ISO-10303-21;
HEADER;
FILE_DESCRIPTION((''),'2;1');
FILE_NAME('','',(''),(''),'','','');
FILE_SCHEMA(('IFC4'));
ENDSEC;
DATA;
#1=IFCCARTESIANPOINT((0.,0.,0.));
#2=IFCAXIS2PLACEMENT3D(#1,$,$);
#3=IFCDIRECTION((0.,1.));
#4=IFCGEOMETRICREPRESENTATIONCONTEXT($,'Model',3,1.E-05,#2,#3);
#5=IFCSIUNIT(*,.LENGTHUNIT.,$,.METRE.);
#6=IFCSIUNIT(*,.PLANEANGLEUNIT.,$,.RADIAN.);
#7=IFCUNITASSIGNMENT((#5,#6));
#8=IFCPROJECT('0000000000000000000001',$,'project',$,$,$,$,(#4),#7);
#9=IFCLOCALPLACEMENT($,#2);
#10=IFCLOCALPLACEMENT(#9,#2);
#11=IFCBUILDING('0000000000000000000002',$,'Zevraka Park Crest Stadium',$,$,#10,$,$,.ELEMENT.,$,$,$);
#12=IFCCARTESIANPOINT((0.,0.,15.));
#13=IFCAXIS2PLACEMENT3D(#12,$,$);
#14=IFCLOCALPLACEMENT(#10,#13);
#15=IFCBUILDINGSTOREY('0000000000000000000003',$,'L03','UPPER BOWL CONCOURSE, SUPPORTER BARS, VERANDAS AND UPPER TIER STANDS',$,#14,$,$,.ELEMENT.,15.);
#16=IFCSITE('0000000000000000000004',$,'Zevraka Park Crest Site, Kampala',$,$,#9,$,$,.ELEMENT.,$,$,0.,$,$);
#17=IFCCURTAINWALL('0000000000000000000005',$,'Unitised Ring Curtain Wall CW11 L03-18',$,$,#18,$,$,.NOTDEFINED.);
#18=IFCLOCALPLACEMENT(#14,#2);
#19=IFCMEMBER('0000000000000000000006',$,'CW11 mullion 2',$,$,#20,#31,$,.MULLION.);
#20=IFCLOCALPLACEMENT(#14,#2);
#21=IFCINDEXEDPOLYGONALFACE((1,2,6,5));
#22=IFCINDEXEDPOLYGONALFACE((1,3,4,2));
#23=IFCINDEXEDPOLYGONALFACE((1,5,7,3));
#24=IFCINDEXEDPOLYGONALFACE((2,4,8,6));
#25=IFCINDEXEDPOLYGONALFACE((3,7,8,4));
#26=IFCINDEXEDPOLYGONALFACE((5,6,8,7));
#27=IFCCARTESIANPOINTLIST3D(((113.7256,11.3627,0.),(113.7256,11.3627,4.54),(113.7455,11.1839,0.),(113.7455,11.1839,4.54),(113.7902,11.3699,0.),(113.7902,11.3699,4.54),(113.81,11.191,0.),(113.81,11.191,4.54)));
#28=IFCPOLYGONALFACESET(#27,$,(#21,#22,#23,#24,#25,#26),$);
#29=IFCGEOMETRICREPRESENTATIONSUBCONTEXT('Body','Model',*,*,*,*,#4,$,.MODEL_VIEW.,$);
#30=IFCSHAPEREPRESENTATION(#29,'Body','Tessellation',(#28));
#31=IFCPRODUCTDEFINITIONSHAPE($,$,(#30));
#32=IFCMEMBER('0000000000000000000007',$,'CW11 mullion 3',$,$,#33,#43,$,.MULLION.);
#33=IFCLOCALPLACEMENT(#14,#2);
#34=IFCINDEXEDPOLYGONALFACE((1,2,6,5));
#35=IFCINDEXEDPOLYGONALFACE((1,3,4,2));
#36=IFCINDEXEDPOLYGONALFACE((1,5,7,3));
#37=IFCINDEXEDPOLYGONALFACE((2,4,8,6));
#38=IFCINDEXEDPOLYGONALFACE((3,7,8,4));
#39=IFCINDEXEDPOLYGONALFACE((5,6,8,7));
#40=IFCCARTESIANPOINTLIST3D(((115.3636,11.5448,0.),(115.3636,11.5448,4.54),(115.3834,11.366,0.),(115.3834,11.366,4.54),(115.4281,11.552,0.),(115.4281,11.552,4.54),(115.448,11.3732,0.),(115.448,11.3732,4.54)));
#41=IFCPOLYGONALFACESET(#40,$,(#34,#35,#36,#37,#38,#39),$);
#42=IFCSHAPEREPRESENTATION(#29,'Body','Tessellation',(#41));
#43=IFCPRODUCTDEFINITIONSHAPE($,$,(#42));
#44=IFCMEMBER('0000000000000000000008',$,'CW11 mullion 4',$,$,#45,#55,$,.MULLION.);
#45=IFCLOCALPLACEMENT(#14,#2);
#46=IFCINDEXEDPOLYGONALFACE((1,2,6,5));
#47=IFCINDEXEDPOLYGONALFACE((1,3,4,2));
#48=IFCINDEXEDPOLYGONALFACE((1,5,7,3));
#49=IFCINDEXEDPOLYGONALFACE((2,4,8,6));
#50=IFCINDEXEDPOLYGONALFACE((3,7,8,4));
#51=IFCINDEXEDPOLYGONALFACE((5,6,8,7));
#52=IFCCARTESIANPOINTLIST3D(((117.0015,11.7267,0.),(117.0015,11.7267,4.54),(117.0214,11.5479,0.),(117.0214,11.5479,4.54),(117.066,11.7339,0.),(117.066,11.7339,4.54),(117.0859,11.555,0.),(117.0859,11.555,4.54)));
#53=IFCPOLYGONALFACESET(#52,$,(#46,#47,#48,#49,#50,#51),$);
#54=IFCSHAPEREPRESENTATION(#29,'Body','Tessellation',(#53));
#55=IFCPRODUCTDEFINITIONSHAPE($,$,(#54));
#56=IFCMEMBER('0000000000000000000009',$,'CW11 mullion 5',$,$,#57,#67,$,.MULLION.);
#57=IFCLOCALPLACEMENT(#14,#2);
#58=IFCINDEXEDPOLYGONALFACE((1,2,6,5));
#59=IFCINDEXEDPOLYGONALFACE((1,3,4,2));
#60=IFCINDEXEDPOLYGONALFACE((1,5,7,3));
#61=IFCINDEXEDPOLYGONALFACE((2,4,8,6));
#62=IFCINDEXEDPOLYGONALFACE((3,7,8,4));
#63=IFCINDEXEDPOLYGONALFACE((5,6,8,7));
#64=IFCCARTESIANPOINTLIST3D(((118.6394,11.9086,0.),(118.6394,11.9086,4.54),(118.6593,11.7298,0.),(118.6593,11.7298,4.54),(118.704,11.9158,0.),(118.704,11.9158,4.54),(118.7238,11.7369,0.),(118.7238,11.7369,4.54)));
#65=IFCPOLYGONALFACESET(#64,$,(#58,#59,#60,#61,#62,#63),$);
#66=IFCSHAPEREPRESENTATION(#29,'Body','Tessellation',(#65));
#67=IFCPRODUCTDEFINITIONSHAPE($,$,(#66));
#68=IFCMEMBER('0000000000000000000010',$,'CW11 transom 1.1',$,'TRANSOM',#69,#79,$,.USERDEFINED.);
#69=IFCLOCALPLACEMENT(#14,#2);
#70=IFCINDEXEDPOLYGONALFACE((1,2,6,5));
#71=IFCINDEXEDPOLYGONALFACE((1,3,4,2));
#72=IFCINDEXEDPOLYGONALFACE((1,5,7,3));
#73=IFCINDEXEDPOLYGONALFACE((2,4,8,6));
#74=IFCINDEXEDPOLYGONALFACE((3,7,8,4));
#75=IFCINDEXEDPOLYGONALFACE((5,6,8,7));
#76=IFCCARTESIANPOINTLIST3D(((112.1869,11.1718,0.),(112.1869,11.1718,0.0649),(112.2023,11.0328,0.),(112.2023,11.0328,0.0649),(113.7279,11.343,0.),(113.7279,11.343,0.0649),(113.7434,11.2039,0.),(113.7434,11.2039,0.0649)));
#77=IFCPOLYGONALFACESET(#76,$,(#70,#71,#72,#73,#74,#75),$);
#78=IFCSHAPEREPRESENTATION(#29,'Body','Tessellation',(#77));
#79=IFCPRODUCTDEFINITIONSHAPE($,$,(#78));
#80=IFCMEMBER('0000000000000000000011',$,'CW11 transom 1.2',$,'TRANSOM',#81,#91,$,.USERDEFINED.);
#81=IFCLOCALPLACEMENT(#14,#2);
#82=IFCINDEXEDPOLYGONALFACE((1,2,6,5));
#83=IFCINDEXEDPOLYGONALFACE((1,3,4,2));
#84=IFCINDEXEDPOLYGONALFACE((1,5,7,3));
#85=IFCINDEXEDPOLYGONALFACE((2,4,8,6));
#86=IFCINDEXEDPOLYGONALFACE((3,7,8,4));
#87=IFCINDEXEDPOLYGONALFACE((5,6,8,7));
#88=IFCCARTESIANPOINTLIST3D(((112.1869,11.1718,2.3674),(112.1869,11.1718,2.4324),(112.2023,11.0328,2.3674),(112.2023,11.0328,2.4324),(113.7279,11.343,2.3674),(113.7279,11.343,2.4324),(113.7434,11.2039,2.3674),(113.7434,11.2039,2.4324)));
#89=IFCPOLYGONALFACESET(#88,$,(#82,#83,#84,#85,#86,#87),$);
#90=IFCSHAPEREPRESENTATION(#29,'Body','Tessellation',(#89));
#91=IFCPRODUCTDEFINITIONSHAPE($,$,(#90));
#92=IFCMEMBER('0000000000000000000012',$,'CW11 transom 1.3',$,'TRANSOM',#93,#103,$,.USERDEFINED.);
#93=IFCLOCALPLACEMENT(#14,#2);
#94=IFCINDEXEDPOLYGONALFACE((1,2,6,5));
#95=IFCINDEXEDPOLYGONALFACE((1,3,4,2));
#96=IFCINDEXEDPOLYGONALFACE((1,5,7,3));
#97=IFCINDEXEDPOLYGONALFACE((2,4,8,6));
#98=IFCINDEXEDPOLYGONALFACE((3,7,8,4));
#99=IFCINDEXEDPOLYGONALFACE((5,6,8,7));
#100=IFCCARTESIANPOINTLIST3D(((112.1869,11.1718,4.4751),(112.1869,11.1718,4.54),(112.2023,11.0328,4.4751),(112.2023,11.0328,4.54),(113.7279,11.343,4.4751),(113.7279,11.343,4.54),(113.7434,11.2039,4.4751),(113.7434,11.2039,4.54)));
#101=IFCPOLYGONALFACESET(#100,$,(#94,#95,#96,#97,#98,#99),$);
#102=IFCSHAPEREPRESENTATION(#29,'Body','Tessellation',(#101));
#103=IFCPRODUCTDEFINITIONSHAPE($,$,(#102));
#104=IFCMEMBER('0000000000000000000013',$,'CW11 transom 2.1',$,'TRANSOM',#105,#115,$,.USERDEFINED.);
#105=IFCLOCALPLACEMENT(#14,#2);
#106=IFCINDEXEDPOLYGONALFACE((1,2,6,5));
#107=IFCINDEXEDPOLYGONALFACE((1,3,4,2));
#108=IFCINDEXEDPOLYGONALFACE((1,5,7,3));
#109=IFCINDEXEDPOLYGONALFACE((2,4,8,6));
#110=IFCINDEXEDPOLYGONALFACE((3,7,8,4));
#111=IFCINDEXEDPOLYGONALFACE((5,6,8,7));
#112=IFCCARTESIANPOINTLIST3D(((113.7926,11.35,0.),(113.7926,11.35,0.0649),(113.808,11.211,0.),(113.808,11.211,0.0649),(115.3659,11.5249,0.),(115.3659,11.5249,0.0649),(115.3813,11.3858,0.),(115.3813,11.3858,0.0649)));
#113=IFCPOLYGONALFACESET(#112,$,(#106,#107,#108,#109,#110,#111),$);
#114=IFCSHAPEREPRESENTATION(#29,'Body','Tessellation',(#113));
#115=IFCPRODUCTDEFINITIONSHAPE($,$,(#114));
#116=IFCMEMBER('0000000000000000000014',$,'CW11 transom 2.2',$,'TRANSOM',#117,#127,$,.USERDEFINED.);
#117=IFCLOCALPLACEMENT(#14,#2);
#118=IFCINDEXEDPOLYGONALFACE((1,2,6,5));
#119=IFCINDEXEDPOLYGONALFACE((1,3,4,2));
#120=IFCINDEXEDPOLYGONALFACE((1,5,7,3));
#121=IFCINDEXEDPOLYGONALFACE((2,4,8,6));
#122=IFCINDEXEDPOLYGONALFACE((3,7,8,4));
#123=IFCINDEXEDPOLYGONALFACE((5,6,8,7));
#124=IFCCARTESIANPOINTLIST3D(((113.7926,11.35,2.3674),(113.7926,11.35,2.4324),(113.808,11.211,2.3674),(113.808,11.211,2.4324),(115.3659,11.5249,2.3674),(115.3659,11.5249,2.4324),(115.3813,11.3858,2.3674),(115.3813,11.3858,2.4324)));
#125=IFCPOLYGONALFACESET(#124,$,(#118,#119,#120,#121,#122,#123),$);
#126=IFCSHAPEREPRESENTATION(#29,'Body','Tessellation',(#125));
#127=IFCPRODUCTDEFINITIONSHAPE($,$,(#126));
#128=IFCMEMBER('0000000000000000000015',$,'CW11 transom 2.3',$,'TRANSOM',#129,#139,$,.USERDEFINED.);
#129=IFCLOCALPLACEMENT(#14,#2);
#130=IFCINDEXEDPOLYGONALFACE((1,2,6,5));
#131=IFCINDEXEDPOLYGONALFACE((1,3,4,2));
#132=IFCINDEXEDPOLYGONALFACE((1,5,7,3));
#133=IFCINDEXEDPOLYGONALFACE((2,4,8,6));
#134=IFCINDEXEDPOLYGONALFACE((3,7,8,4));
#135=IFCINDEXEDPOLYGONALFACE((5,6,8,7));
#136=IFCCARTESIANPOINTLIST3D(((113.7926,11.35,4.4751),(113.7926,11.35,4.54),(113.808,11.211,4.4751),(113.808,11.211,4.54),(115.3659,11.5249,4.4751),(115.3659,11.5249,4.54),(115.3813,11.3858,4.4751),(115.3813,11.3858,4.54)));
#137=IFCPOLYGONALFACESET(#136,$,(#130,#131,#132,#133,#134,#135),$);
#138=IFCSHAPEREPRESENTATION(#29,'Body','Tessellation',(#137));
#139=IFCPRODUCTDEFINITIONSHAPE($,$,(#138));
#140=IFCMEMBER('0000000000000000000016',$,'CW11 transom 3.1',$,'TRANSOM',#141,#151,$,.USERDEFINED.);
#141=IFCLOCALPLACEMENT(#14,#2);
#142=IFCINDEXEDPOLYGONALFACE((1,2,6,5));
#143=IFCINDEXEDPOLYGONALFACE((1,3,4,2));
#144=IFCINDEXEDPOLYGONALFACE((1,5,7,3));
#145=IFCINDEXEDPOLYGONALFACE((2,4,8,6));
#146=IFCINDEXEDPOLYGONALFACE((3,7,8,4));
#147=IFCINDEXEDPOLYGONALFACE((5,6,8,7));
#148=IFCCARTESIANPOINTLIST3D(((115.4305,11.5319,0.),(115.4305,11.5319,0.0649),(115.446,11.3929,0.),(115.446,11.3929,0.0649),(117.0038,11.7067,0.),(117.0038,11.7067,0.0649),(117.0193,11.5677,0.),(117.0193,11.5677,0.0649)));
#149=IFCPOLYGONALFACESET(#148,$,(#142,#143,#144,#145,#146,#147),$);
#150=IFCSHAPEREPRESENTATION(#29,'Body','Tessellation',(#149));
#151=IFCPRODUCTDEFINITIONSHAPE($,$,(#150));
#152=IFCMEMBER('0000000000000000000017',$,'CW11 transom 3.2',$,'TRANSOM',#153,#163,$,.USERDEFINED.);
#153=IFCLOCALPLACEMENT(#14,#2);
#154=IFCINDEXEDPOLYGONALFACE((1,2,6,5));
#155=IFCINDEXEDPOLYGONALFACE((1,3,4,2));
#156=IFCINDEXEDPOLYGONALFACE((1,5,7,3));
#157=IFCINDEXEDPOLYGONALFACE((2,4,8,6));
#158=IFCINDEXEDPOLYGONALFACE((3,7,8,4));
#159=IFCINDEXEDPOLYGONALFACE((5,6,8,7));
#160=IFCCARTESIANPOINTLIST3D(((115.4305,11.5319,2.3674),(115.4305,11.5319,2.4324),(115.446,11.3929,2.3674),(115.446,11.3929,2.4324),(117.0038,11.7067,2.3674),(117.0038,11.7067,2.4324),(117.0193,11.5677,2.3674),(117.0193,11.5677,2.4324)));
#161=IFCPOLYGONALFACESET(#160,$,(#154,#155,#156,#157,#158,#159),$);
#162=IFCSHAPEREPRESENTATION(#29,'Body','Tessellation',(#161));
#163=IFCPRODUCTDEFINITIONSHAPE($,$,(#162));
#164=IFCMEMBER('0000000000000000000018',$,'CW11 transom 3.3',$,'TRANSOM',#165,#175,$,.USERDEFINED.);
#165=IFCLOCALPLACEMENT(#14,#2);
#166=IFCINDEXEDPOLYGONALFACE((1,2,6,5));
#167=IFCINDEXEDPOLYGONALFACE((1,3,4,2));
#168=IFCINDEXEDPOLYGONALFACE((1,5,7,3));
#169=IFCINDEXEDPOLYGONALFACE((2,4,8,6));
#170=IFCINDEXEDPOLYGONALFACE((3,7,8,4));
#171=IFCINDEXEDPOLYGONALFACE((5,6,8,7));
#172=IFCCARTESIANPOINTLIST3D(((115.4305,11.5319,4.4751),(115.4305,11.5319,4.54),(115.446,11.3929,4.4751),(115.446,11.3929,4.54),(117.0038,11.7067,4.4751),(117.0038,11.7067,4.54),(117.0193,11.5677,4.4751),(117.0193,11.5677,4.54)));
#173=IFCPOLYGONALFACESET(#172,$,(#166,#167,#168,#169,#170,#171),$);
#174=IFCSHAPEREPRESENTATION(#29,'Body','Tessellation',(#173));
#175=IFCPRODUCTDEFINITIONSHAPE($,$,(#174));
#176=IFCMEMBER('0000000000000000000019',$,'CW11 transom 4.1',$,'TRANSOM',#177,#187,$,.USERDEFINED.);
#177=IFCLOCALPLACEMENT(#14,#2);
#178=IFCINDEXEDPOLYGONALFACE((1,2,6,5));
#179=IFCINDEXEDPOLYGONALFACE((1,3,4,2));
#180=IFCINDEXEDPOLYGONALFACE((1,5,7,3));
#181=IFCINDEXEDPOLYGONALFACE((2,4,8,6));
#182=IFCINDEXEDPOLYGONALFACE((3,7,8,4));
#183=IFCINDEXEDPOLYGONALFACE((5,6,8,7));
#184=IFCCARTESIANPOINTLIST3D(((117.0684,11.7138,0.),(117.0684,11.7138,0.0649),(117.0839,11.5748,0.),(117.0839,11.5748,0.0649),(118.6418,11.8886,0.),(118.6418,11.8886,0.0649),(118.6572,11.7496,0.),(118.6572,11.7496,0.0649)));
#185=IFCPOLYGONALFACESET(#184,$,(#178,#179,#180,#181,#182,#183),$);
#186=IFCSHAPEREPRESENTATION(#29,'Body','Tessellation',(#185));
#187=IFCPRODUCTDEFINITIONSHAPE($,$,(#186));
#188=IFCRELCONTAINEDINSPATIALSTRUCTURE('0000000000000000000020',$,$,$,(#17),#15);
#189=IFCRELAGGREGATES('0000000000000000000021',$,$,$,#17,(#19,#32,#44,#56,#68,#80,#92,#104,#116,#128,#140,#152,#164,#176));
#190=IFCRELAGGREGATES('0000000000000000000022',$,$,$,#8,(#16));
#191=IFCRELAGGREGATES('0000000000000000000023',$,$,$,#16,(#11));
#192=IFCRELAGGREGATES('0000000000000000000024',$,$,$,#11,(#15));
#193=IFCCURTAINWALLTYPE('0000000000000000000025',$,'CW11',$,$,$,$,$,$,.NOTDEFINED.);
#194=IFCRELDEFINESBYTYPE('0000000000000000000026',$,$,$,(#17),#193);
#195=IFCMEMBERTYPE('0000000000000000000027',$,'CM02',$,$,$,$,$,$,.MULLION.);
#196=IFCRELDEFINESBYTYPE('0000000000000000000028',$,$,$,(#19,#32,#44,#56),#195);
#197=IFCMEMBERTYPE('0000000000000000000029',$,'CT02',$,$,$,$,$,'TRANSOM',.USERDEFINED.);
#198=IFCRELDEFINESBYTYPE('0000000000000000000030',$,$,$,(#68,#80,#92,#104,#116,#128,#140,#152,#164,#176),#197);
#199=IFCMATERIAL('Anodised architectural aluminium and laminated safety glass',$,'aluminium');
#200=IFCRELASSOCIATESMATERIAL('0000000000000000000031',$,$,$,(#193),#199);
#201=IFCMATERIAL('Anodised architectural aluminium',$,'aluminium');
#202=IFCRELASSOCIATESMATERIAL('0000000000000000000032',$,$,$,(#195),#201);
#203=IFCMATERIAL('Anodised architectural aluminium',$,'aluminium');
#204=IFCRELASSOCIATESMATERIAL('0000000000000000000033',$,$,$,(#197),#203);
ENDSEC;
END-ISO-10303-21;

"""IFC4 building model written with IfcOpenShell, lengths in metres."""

from ifc_helpers import new_model, si_unit, direction, frame, origin, origin_2d, place, context, subcontext, project, spatial, rectangle, extrude, material, material_profile, profile_set, type_object, element, aggregate, save


model = new_model("IFC4")

# Units and contexts
model_context = context("Model", 3, precision=1e-05, world=origin(), true_north=direction((0.0, 1.0)))
body_context = subcontext(model_context, "Body", "Model", "MODEL_VIEW")
ifc_project = project(units=[si_unit("LENGTHUNIT", "METRE"), si_unit("PLANEANGLEUNIT", "RADIAN")], contexts=[model_context])

# Site, building, storey
site_placement = place(None, origin())
site = spatial("IfcSite", under=ifc_project, at=site_placement, Name="Zevraka Park Crest Site, Kampala", CompositionType="ELEMENT", RefElevation=0.0)
building_placement = place(site_placement, origin())
building = spatial("IfcBuilding", under=site, at=building_placement, Name="Zevraka Park Crest Stadium", CompositionType="ELEMENT")
storey_placement = place(building_placement, frame((0.0, 0.0, 15.0)))
storey = spatial("IfcBuildingStorey", under=building, at=storey_placement, Name="L03", Description="UPPER BOWL CONCOURSE, SUPPORTER BARS, VERANDAS AND UPPER TIER STANDS", CompositionType="ELEMENT", Elevation=15.0)

# Curtain wall, members
ifc_material_1 = material(Name="Anodised architectural aluminium and laminated safety glass", Category="aluminium")
curtain_wall_type = type_object("IfcCurtainWallType", Name="CW11", PredefinedType="NOTDEFINED", material=ifc_material_1)
curtain_wall_placement = place(storey_placement, origin())
curtain_wall = element("IfcCurtainWall", 1, at=curtain_wall_placement, inside=storey, type_object=curtain_wall_type, Name="Unitised Ring Curtain Wall CW11 L03-18", PredefinedType="NOTDEFINED")
ifc_material_2 = material(Name="Anodised architectural aluminium", Category="aluminium")
ifc_material_profile_1 = material_profile(ifc_material_2, rectangle(XDim=0.1799, YDim=0.0649, at=origin_2d()), Name="ALU MULLION 180x65")
ifc_profile_set_1 = profile_set([ifc_material_profile_1], Name="Anodised architectural aluminium")
member_type_1 = type_object("IfcMemberType", Name="CM02", PredefinedType="MULLION", material=ifc_profile_set_1)
member_1_placement = place(storey_placement, frame((113.7678, 11.2769, 0.0), z_axis=(0.0, 0.0, 1.0), x_axis=(-0.110396, 0.993888, 0.0)))
member_1 = element("IfcMember", 2, at=member_1_placement, type_object=member_type_1, Name="CW11 mullion 2", PredefinedType="MULLION", context=body_context, shape_type="SweptSolid", body=[
    extrude(rectangle(XDim=0.1799, YDim=0.0649, at=origin_2d()), origin(), (0.0, 0.0, 1.0), 4.54),
])
member_2_placement = place(storey_placement, frame((115.4058, 11.459, 0.0), z_axis=(0.0, 0.0, 1.0), x_axis=(-0.110396, 0.993888, 0.0)))
member_2 = element("IfcMember", 3, at=member_2_placement, type_object=member_type_1, Name="CW11 mullion 3", PredefinedType="MULLION", context=body_context, shape_type="SweptSolid", body=[
    extrude(rectangle(XDim=0.1799, YDim=0.0649, at=origin_2d()), origin(), (0.0, 0.0, 1.0), 4.54),
])
member_3_placement = place(storey_placement, frame((117.0437, 11.6409, 0.0), z_axis=(0.0, 0.0, 1.0), x_axis=(-0.110396, 0.993888, 0.0)))
member_3 = element("IfcMember", 4, at=member_3_placement, type_object=member_type_1, Name="CW11 mullion 4", PredefinedType="MULLION", context=body_context, shape_type="SweptSolid", body=[
    extrude(rectangle(XDim=0.1799, YDim=0.0649, at=origin_2d()), origin(), (0.0, 0.0, 1.0), 4.54),
])
member_4_placement = place(storey_placement, frame((118.6816, 11.8228, 0.0), z_axis=(0.0, 0.0, 1.0), x_axis=(-0.110396, 0.993888, 0.0)))
member_4 = element("IfcMember", 5, at=member_4_placement, type_object=member_type_1, Name="CW11 mullion 5", PredefinedType="MULLION", context=body_context, shape_type="SweptSolid", body=[
    extrude(rectangle(XDim=0.1799, YDim=0.0649, at=origin_2d()), origin(), (0.0, 0.0, 1.0), 4.54),
])
ifc_material_3 = material(Name="Anodised architectural aluminium", Category="aluminium")
ifc_material_profile_2 = material_profile(ifc_material_3, rectangle(XDim=0.1399, YDim=0.0649, at=origin_2d()), Name="ALU TRANSOM 140x65")
ifc_profile_set_2 = profile_set([ifc_material_profile_2], Name="Anodised architectural aluminium")
member_type_2 = type_object("IfcMemberType", Name="CT02", ElementType="TRANSOM", PredefinedType="USERDEFINED", material=ifc_profile_set_2)
member_5_placement = place(storey_placement, frame((112.1946, 11.1023, 0.0325), z_axis=(0.993889, 0.11038, 0.0), x_axis=(-0.11038, 0.993889, 0.0)))
member_5 = element("IfcMember", 6, at=member_5_placement, type_object=member_type_2, Name="CW11 transom 1.1", ObjectType="TRANSOM", PredefinedType="USERDEFINED", context=body_context, shape_type="SweptSolid", body=[
    extrude(rectangle(XDim=0.1399, YDim=0.0649, at=origin_2d()), origin(), (0.0, 0.0, 1.0), 1.5505),
])
member_6_placement = place(storey_placement, frame((112.1946, 11.1023, 2.3999), z_axis=(0.993889, 0.11038, 0.0), x_axis=(-0.11038, 0.993889, 0.0)))
member_6 = element("IfcMember", 7, at=member_6_placement, type_object=member_type_2, Name="CW11 transom 1.2", ObjectType="TRANSOM", PredefinedType="USERDEFINED", context=body_context, shape_type="SweptSolid", body=[
    extrude(rectangle(XDim=0.1399, YDim=0.0649, at=origin_2d()), origin(), (0.0, 0.0, 1.0), 1.5505),
])
member_7_placement = place(storey_placement, frame((112.1946, 11.1023, 4.5076), z_axis=(0.993889, 0.11038, 0.0), x_axis=(-0.11038, 0.993889, 0.0)))
member_7 = element("IfcMember", 8, at=member_7_placement, type_object=member_type_2, Name="CW11 transom 1.3", ObjectType="TRANSOM", PredefinedType="USERDEFINED", context=body_context, shape_type="SweptSolid", body=[
    extrude(rectangle(XDim=0.1399, YDim=0.0649, at=origin_2d()), origin(), (0.0, 0.0, 1.0), 1.5505),
])
member_8_placement = place(storey_placement, frame((113.8003, 11.2805, 0.0325), z_axis=(0.993884, 0.110432, 0.0), x_axis=(-0.110432, 0.993884, 0.0)))
member_8 = element("IfcMember", 9, at=member_8_placement, type_object=member_type_2, Name="CW11 transom 2.1", ObjectType="TRANSOM", PredefinedType="USERDEFINED", context=body_context, shape_type="SweptSolid", body=[
    extrude(rectangle(XDim=0.1399, YDim=0.0649, at=origin_2d()), origin(), (0.0, 0.0, 1.0), 1.583),
])
member_9_placement = place(storey_placement, frame((113.8003, 11.2805, 2.3999), z_axis=(0.993884, 0.110432, 0.0), x_axis=(-0.110432, 0.993884, 0.0)))
member_9 = element("IfcMember", 10, at=member_9_placement, type_object=member_type_2, Name="CW11 transom 2.2", ObjectType="TRANSOM", PredefinedType="USERDEFINED", context=body_context, shape_type="SweptSolid", body=[
    extrude(rectangle(XDim=0.1399, YDim=0.0649, at=origin_2d()), origin(), (0.0, 0.0, 1.0), 1.583),
])
member_10_placement = place(storey_placement, frame((113.8003, 11.2805, 4.5076), z_axis=(0.993884, 0.110432, 0.0), x_axis=(-0.110432, 0.993884, 0.0)))
member_10 = element("IfcMember", 11, at=member_10_placement, type_object=member_type_2, Name="CW11 transom 2.3", ObjectType="TRANSOM", PredefinedType="USERDEFINED", context=body_context, shape_type="SweptSolid", body=[
    extrude(rectangle(XDim=0.1399, YDim=0.0649, at=origin_2d()), origin(), (0.0, 0.0, 1.0), 1.583),
])
member_11_placement = place(storey_placement, frame((115.4382, 11.4624, 0.0325), z_axis=(0.993884, 0.110432, 0.0), x_axis=(-0.110432, 0.993884, 0.0)))
member_11 = element("IfcMember", 12, at=member_11_placement, type_object=member_type_2, Name="CW11 transom 3.1", ObjectType="TRANSOM", PredefinedType="USERDEFINED", context=body_context, shape_type="SweptSolid", body=[
    extrude(rectangle(XDim=0.1399, YDim=0.0649, at=origin_2d()), origin(), (0.0, 0.0, 1.0), 1.583),
])
member_12_placement = place(storey_placement, frame((115.4382, 11.4624, 2.3999), z_axis=(0.993884, 0.110432, 0.0), x_axis=(-0.110432, 0.993884, 0.0)))
member_12 = element("IfcMember", 13, at=member_12_placement, type_object=member_type_2, Name="CW11 transom 3.2", ObjectType="TRANSOM", PredefinedType="USERDEFINED", context=body_context, shape_type="SweptSolid", body=[
    extrude(rectangle(XDim=0.1399, YDim=0.0649, at=origin_2d()), origin(), (0.0, 0.0, 1.0), 1.583),
])
member_13_placement = place(storey_placement, frame((115.4382, 11.4624, 4.5076), z_axis=(0.993884, 0.110432, 0.0), x_axis=(-0.110432, 0.993884, 0.0)))
member_13 = element("IfcMember", 14, at=member_13_placement, type_object=member_type_2, Name="CW11 transom 3.3", ObjectType="TRANSOM", PredefinedType="USERDEFINED", context=body_context, shape_type="SweptSolid", body=[
    extrude(rectangle(XDim=0.1399, YDim=0.0649, at=origin_2d()), origin(), (0.0, 0.0, 1.0), 1.583),
])
member_14_placement = place(storey_placement, frame((117.0762, 11.6443, 0.0325), z_axis=(0.993884, 0.110432, 0.0), x_axis=(-0.110432, 0.993884, 0.0)))
member_14 = element("IfcMember", 15, at=member_14_placement, type_object=member_type_2, Name="CW11 transom 4.1", ObjectType="TRANSOM", PredefinedType="USERDEFINED", context=body_context, shape_type="SweptSolid", body=[
    extrude(rectangle(XDim=0.1399, YDim=0.0649, at=origin_2d()), origin(), (0.0, 0.0, 1.0), 1.583),
])
aggregate(curtain_wall, [member_1, member_2, member_3, member_4, member_5, member_6, member_7, member_8, member_9, member_10, member_11, member_12, member_13, member_14])

save(model, "model.ifc")
